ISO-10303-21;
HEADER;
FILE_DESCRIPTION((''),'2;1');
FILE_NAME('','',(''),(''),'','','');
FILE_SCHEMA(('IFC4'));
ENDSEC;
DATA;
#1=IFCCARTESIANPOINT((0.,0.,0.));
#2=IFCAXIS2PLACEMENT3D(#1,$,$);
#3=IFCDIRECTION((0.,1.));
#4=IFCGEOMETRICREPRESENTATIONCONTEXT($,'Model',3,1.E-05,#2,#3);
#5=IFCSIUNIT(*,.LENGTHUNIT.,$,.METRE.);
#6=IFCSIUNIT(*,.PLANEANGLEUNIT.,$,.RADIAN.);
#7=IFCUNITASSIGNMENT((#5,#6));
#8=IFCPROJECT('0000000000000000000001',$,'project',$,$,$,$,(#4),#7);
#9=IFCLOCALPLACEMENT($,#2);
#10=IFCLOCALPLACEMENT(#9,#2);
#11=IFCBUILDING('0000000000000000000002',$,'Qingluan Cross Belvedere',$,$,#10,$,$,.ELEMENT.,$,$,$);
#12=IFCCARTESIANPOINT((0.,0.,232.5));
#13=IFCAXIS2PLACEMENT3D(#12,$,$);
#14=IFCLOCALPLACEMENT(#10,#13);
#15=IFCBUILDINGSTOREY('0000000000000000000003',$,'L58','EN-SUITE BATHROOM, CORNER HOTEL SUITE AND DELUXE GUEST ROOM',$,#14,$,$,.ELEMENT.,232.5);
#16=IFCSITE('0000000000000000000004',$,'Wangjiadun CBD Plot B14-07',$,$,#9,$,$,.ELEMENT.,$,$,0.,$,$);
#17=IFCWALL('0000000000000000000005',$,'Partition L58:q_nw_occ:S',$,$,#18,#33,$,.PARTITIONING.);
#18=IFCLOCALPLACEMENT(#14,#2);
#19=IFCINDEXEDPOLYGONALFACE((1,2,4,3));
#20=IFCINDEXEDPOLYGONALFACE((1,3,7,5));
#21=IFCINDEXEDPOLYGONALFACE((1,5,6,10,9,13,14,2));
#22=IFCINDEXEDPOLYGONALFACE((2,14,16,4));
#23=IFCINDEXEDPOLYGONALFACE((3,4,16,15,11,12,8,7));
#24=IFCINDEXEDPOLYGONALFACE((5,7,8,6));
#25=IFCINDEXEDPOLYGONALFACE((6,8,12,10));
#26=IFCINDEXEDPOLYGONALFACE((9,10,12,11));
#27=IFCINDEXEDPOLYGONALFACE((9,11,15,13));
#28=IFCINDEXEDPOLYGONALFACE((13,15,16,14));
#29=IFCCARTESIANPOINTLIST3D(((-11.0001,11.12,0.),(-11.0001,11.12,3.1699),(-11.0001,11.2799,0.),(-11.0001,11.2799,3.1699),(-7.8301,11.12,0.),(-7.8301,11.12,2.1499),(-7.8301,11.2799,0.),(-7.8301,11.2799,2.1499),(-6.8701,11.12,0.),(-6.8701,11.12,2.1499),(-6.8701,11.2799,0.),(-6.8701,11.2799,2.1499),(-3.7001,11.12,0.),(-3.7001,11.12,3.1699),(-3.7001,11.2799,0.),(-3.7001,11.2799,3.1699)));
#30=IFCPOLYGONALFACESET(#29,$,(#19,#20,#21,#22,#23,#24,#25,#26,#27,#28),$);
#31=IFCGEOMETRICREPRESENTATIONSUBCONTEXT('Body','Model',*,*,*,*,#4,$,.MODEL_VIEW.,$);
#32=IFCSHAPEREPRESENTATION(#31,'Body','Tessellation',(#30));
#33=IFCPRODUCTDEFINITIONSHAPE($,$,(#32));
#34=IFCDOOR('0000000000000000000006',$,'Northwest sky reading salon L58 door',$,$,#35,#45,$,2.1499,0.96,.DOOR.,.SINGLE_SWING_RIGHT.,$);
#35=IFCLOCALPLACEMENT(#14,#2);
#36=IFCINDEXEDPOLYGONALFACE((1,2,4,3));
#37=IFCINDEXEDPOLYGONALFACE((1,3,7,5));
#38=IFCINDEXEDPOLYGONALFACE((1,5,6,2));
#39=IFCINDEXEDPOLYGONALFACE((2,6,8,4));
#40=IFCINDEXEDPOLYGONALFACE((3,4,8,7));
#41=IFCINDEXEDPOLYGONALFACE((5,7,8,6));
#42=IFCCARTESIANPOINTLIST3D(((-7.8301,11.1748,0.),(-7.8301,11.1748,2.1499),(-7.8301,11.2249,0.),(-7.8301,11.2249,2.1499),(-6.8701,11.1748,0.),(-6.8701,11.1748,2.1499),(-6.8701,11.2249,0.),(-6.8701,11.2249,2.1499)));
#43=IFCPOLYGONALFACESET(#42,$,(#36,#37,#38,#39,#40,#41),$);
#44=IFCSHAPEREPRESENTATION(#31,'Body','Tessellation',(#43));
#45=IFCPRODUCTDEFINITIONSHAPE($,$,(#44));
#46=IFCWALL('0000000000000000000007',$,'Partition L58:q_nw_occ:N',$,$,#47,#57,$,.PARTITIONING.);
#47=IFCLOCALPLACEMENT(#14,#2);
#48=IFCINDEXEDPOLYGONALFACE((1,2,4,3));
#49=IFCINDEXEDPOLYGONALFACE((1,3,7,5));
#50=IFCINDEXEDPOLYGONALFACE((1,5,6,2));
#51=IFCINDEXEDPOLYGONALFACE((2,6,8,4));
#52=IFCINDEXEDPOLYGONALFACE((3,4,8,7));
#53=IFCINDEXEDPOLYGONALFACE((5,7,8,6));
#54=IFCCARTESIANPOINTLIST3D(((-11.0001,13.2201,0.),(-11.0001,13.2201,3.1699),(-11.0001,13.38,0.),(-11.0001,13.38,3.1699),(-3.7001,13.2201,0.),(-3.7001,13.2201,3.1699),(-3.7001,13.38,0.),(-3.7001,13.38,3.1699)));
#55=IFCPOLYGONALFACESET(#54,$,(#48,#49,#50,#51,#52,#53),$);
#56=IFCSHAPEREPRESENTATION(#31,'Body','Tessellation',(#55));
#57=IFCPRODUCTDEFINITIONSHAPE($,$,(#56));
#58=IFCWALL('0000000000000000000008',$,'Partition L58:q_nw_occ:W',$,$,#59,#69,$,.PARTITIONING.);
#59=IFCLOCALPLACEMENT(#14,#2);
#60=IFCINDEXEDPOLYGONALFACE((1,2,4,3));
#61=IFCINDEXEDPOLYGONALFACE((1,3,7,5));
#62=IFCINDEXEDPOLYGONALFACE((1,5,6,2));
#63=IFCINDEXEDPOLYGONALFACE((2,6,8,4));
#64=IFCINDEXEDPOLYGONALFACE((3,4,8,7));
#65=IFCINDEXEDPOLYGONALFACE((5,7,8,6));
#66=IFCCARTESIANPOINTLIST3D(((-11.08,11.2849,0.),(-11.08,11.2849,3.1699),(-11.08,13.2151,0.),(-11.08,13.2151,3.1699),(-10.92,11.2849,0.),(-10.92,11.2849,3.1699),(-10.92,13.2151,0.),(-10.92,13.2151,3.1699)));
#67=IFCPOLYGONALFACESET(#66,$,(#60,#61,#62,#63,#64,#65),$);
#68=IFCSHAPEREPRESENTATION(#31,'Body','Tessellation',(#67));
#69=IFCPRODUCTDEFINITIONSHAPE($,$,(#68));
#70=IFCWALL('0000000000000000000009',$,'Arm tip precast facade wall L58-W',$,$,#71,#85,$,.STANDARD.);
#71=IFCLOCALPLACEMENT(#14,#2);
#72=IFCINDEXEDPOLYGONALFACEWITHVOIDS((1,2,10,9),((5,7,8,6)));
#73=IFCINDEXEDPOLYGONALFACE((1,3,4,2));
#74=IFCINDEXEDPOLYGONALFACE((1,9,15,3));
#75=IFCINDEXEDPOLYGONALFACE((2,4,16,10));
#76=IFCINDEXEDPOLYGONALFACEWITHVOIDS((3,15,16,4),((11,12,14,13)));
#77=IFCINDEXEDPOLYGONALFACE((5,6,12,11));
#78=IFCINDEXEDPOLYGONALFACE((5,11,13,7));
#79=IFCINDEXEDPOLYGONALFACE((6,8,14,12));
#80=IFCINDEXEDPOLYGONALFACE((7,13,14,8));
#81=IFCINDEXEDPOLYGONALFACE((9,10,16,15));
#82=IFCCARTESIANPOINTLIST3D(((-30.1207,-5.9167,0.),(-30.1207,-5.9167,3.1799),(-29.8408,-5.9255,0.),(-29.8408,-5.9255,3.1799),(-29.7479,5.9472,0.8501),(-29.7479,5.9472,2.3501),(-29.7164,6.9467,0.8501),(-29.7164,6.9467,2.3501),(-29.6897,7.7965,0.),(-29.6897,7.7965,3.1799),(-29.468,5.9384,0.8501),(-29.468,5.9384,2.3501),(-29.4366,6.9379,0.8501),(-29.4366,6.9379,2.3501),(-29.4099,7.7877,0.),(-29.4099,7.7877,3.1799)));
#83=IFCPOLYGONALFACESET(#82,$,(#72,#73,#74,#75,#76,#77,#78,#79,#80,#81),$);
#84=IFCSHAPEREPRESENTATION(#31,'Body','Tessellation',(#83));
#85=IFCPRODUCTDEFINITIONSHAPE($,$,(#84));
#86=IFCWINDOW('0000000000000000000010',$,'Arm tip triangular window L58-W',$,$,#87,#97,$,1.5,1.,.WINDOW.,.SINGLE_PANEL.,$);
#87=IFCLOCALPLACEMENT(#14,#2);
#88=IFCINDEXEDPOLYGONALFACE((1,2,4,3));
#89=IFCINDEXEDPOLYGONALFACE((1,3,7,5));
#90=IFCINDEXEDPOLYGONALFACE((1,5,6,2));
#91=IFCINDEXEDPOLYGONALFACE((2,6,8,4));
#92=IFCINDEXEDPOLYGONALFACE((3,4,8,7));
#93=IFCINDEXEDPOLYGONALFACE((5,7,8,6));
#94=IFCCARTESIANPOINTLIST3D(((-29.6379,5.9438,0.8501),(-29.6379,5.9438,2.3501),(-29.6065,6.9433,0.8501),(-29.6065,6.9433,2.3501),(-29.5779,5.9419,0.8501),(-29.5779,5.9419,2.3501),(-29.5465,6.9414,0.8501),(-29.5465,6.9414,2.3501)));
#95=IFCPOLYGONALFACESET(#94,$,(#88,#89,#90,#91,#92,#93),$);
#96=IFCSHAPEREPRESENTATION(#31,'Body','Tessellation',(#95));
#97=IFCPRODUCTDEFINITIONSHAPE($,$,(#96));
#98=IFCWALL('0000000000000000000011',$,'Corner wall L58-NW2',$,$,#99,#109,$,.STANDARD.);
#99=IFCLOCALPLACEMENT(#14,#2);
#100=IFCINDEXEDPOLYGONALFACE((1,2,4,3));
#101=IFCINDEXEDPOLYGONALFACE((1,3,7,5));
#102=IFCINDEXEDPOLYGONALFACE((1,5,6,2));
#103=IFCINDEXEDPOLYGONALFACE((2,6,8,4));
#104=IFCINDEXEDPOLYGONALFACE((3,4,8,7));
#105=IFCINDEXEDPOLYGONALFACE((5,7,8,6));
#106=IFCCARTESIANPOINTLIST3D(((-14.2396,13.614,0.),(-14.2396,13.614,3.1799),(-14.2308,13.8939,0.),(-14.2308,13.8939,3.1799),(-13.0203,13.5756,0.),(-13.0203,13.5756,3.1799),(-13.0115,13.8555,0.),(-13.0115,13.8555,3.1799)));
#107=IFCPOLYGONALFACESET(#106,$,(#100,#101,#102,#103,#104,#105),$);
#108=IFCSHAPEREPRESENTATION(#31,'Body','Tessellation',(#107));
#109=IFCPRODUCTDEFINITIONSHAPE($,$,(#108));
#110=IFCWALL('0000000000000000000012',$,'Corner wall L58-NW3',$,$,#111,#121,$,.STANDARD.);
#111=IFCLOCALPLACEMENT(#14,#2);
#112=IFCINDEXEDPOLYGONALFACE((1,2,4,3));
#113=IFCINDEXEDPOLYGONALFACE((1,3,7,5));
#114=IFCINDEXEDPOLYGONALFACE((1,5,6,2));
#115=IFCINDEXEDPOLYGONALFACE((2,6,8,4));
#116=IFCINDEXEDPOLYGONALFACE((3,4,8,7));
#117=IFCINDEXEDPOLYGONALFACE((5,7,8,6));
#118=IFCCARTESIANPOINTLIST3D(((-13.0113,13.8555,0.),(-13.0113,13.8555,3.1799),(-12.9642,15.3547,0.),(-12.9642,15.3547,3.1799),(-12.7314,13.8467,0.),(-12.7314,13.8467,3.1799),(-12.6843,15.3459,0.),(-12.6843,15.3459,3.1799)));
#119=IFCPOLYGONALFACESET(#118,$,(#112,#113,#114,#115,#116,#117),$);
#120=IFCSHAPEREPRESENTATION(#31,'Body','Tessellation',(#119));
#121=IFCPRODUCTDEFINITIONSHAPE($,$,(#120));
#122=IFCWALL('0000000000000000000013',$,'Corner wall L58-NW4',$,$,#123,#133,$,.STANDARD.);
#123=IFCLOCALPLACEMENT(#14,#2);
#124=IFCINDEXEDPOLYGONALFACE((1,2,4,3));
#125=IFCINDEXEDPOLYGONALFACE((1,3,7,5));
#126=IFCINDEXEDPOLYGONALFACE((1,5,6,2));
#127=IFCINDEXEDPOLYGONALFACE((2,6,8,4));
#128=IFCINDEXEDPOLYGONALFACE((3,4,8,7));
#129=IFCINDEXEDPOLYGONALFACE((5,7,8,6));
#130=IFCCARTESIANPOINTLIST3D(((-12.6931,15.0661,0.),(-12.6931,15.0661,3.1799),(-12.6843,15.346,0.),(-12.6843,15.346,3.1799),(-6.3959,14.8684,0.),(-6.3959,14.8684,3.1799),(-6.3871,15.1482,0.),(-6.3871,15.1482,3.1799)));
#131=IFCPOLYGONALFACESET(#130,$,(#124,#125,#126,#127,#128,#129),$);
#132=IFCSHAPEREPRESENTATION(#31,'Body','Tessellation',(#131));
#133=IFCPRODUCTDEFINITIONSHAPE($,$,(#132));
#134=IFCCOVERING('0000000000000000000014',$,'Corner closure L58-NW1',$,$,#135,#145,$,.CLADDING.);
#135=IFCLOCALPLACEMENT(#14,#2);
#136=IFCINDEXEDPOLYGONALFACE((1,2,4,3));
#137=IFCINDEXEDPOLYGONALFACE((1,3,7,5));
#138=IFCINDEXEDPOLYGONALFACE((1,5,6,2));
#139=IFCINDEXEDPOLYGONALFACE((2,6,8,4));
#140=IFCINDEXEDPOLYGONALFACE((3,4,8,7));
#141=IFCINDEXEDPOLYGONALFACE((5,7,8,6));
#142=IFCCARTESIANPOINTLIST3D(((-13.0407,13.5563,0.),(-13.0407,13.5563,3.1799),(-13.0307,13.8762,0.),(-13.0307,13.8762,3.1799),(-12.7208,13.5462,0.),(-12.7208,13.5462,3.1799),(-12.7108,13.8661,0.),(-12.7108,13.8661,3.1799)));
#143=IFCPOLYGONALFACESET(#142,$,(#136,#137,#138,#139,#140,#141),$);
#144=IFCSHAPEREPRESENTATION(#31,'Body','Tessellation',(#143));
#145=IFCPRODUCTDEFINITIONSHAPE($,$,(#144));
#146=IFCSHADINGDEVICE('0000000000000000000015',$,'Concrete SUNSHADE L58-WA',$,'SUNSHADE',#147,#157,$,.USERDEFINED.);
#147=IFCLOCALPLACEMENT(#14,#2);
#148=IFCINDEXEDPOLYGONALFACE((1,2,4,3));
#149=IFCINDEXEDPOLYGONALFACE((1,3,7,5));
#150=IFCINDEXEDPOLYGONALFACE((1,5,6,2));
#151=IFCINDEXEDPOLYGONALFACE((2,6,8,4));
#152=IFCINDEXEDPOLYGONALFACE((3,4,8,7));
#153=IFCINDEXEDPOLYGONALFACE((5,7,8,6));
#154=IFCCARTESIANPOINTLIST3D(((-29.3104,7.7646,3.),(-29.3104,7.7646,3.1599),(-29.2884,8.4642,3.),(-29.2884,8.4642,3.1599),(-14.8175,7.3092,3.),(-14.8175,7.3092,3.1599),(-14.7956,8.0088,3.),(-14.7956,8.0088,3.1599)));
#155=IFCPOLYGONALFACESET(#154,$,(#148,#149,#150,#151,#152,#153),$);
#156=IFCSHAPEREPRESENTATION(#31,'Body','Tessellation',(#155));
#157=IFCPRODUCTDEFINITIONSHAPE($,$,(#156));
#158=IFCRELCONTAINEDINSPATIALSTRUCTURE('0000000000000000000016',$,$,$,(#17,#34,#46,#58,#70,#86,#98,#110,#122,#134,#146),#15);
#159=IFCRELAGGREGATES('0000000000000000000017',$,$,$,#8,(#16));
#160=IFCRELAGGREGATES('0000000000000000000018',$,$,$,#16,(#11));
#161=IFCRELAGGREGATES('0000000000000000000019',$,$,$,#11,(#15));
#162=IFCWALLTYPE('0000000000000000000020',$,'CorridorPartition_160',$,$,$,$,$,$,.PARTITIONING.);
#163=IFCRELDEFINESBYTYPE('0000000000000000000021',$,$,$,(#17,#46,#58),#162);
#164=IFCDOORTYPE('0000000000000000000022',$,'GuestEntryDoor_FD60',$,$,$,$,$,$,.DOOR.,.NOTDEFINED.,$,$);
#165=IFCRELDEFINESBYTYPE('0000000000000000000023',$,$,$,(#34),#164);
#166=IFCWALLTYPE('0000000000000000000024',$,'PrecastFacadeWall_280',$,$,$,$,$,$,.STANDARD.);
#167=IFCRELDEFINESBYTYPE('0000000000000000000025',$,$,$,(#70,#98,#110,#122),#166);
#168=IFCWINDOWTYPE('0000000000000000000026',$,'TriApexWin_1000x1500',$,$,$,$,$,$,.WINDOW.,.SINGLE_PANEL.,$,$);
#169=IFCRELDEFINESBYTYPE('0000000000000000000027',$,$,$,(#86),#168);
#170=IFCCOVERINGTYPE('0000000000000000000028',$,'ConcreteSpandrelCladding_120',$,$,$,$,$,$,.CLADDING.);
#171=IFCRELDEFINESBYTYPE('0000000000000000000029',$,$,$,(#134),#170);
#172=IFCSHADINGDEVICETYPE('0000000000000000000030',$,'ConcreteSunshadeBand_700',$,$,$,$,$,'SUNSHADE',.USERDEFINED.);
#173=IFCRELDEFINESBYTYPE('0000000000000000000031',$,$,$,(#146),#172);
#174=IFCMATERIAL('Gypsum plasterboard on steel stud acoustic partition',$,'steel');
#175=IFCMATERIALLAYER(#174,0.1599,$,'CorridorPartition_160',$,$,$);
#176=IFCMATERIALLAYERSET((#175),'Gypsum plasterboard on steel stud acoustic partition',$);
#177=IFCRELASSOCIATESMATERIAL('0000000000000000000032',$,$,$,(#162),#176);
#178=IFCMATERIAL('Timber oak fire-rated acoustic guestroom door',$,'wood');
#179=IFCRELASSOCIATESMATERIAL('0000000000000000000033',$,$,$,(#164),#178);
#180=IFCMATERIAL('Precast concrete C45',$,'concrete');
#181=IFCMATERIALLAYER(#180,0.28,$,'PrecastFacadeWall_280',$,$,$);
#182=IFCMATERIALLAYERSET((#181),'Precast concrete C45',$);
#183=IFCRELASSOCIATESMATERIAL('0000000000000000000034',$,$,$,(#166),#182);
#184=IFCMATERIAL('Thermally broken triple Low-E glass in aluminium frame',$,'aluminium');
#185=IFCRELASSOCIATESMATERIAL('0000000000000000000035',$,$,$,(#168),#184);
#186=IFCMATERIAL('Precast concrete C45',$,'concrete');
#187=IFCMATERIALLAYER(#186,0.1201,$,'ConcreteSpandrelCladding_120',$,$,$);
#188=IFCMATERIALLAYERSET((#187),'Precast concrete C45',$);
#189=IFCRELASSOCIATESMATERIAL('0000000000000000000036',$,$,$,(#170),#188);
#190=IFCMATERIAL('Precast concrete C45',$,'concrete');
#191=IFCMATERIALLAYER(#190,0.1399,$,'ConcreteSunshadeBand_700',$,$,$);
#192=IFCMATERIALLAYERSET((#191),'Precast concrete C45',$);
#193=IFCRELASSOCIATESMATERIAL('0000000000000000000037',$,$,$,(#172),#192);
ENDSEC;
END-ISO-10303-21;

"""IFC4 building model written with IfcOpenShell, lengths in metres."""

from ifc_helpers import new_model, si_unit, direction, frame, frame_2d, origin, origin_2d, place, context, subcontext, project, spatial, rectangle, extrude, material, layer, layer_set, type_object, element, fill, save


model = new_model("IFC4")

# Units and contexts
model_context = context("Model", 3, precision=1e-05, world=origin(), true_north=direction((0.0, 1.0)))
body_context = subcontext(model_context, "Body", "Model", "MODEL_VIEW")
ifc_project = project(units=[si_unit("LENGTHUNIT", "METRE"), si_unit("PLANEANGLEUNIT", "RADIAN")], contexts=[model_context])

# Site, building, storey
site_placement = place(None, origin())
site = spatial("IfcSite", under=ifc_project, at=site_placement, Name="Wangjiadun CBD Plot B14-07", CompositionType="ELEMENT", RefElevation=0.0)
building_placement = place(site_placement, origin())
building = spatial("IfcBuilding", under=site, at=building_placement, Name="Qingluan Cross Belvedere", CompositionType="ELEMENT")
storey_placement = place(building_placement, frame((0.0, 0.0, 232.5)))
storey = spatial("IfcBuildingStorey", under=building, at=storey_placement, Name="L58", Description="EN-SUITE BATHROOM, CORNER HOTEL SUITE AND DELUXE GUEST ROOM", CompositionType="ELEMENT", Elevation=232.5)

# Wall, opening, door
ifc_material_1 = material(Name="Gypsum plasterboard on steel stud acoustic partition", Category="steel")
ifc_layer_1 = layer(ifc_material_1, 0.1599, Name="CorridorPartition_160")
ifc_layer_set_1 = layer_set([ifc_layer_1], Name="Gypsum plasterboard on steel stud acoustic partition")
wall_type_1 = type_object("IfcWallType", Name="CorridorPartition_160", PredefinedType="PARTITIONING", material=ifc_layer_set_1)
wall_1_placement = place(storey_placement, frame((-11.0, 11.2, 0.0), z_axis=(0.0, 0.0, 1.0), x_axis=(1.0, 0.0, 0.0)))
wall_1 = element("IfcWall", 1, at=wall_1_placement, inside=storey, type_object=wall_type_1, Name="Partition L58:q_nw_occ:S", PredefinedType="PARTITIONING", context=body_context, shape_type="SweptSolid", body=[
    extrude(rectangle(XDim=7.3, YDim=0.1599, at=frame_2d((3.6499, 0.0))), origin(), (0.0, 0.0, 1.0), 3.1699),
])
opening_1_placement = place(wall_1_placement, frame((3.1699, 0.0, 0.0)))
opening_1 = element("IfcOpeningElement", 2, at=opening_1_placement, cuts=wall_1, PredefinedType="OPENING", context=body_context, shape_type="SweptSolid", body=[
    extrude(rectangle(XDim=0.96, YDim=2.1499, at=frame_2d((0.48, 1.075))), frame((0.0, 0.0898, 0.0), z_axis=(0.0, -1.0, 0.0), x_axis=(1.0, 0.0, 0.0)), (0.0, 0.0, 1.0), 0.1799),
])
ifc_material_2 = material(Name="Timber oak fire-rated acoustic guestroom door", Category="wood")
door_type = type_object("IfcDoorType", Name="GuestEntryDoor_FD60", OperationType="NOTDEFINED", PredefinedType="DOOR", material=ifc_material_2)
door_placement = place(opening_1_placement, origin())
door = element("IfcDoor", 3, at=door_placement, inside=storey, type_object=door_type, Name="Northwest sky reading salon L58 door", OperationType="SINGLE_SWING_RIGHT", OverallHeight=2.1499, OverallWidth=0.96, PredefinedType="DOOR", context=body_context, shape_type="SweptSolid", body=[
    extrude(rectangle(XDim=0.96, YDim=2.1499, at=frame_2d((0.48, 1.075))), frame((0.0, 0.0249, 0.0), z_axis=(0.0, -1.0, 0.0), x_axis=(1.0, 0.0, 0.0)), (0.0, 0.0, 1.0), 0.05),
])
fill(opening_1, door)

# Walls
wall_2_placement = place(storey_placement, frame((-11.0, 13.3, 0.0), z_axis=(0.0, 0.0, 1.0), x_axis=(1.0, 0.0, 0.0)))
element("IfcWall", 4, at=wall_2_placement, inside=storey, type_object=wall_type_1, Name="Partition L58:q_nw_occ:N", PredefinedType="PARTITIONING", context=body_context, shape_type="SweptSolid", body=[
    extrude(rectangle(XDim=7.3, YDim=0.1599, at=frame_2d((3.6499, 0.0))), origin(), (0.0, 0.0, 1.0), 3.1699),
])
wall_3_placement = place(storey_placement, frame((-11.0, 11.2849, 0.0), z_axis=(0.0, 0.0, 1.0), x_axis=(0.0, 1.0, 0.0)))
element("IfcWall", 5, at=wall_3_placement, inside=storey, type_object=wall_type_1, Name="Partition L58:q_nw_occ:W", PredefinedType="PARTITIONING", context=body_context, shape_type="SweptSolid", body=[
    extrude(rectangle(XDim=1.9302, YDim=0.1599, at=frame_2d((0.9651, 0.0))), origin(), (0.0, 0.0, 1.0), 3.1699),
])

# Wall, opening, window
ifc_material_3 = material(Name="Precast concrete C45", Category="concrete")
ifc_layer_2 = layer(ifc_material_3, 0.28, Name="PrecastFacadeWall_280")
ifc_layer_set_2 = layer_set([ifc_layer_2], Name="Precast concrete C45")
wall_type_2 = type_object("IfcWallType", Name="PrecastFacadeWall_280", PredefinedType="STANDARD", material=ifc_layer_set_2)
wall_4_placement = place(storey_placement, frame((-29.5498, 7.792, 0.0), z_axis=(0.0, 0.0, 1.0), x_axis=(-0.031408, -0.999507, 0.0)))
wall_4 = element("IfcWall", 6, at=wall_4_placement, inside=storey, type_object=wall_type_2, Name="Arm tip precast facade wall L58-W", PredefinedType="STANDARD", context=body_context, shape_type="SweptSolid", body=[
    extrude(rectangle(XDim=13.72, YDim=0.28, at=frame_2d((6.8599, 0.0))), origin(), (0.0, 0.0, 1.0), 3.1799),
])
opening_2_placement = place(wall_4_placement, frame((0.8501, 0.0, 0.8501)))
opening_2 = element("IfcOpeningElement", 7, at=opening_2_placement, cuts=wall_4, PredefinedType="OPENING", context=body_context, shape_type="SweptSolid", body=[
    extrude(rectangle(XDim=1.0, YDim=1.5, at=frame_2d((0.5, 0.75))), frame((0.0, 0.1499, 0.0), z_axis=(0.0, -1.0, 0.0), x_axis=(1.0, 0.0, 0.0)), (0.0, 0.0, 1.0), 0.3),
])
ifc_material_4 = material(Name="Thermally broken triple Low-E glass in aluminium frame", Category="aluminium")
window_type = type_object("IfcWindowType", Name="TriApexWin_1000x1500", PartitioningType="SINGLE_PANEL", PredefinedType="WINDOW", material=ifc_material_4)
window_placement = place(opening_2_placement, origin())
window = element("IfcWindow", 8, at=window_placement, inside=storey, type_object=window_type, Name="Arm tip triangular window L58-W", OverallHeight=1.5, OverallWidth=1.0, PartitioningType="SINGLE_PANEL", PredefinedType="WINDOW", context=body_context, shape_type="SweptSolid", body=[
    extrude(rectangle(XDim=1.0, YDim=1.5, at=frame_2d((0.5, 0.75))), frame((0.0, 0.03, 0.0), z_axis=(0.0, -1.0, 0.0), x_axis=(1.0, 0.0, 0.0)), (0.0, 0.0, 1.0), 0.0601),
])
fill(opening_2, window)

# Walls
wall_5_placement = place(storey_placement, frame((-14.2351, 13.7539, 0.0), z_axis=(0.0, 0.0, 1.0), x_axis=(0.999506, -0.031416, 0.0)))
element("IfcWall", 9, at=wall_5_placement, inside=storey, type_object=wall_type_2, Name="Corner wall L58-NW2", PredefinedType="STANDARD", context=body_context, shape_type="SweptSolid", body=[
    extrude(rectangle(XDim=1.22, YDim=0.28, at=frame_2d((0.6099, 0.0))), origin(), (0.0, 0.0, 1.0), 3.1799),
])
wall_6_placement = place(storey_placement, frame((-12.8713, 13.8511, 0.0), z_axis=(0.0, 0.0, 1.0), x_axis=(0.031413, 0.999507, 0.0)))
element("IfcWall", 10, at=wall_6_placement, inside=storey, type_object=wall_type_2, Name="Corner wall L58-NW3", PredefinedType="STANDARD", context=body_context, shape_type="SweptSolid", body=[
    extrude(rectangle(XDim=1.5, YDim=0.28, at=frame_2d((0.75, 0.0))), origin(), (0.0, 0.0, 1.0), 3.1799),
])
wall_7_placement = place(storey_placement, frame((-12.6887, 15.2061, 0.0), z_axis=(0.0, 0.0, 1.0), x_axis=(0.999507, -0.031388, 0.0)))
element("IfcWall", 11, at=wall_7_placement, inside=storey, type_object=wall_type_2, Name="Corner wall L58-NW4", PredefinedType="STANDARD", context=body_context, shape_type="SweptSolid", body=[
    extrude(rectangle(XDim=6.3003, YDim=0.28, at=frame_2d((3.1501, 0.0))), origin(), (0.0, 0.0, 1.0), 3.1799),
])

# Covering
ifc_material_5 = material(Name="Precast concrete C45", Category="concrete")
ifc_layer_3 = layer(ifc_material_5, 0.1201, Name="ConcreteSpandrelCladding_120")
ifc_layer_set_3 = layer_set([ifc_layer_3], Name="Precast concrete C45")
covering_type = type_object("IfcCoveringType", Name="ConcreteSpandrelCladding_120", PredefinedType="CLADDING", material=ifc_layer_set_3)
covering_placement = place(storey_placement, frame((-12.8757, 13.7112, 0.0), z_axis=(0.0, 0.0, 1.0), x_axis=(0.999507, -0.031411, 0.0)))
element("IfcCovering", 12, at=covering_placement, inside=storey, type_object=covering_type, Name="Corner closure L58-NW1", PredefinedType="CLADDING", context=body_context, shape_type="SweptSolid", body=[
    extrude(rectangle(XDim=0.3201, YDim=0.3201, at=origin_2d()), origin(), (0.0, 0.0, 1.0), 3.1799),
])

# Shading device
ifc_material_6 = material(Name="Precast concrete C45", Category="concrete")
ifc_layer_4 = layer(ifc_material_6, 0.1399, Name="ConcreteSunshadeBand_700")
ifc_layer_set_4 = layer_set([ifc_layer_4], Name="Precast concrete C45")
shading_device_type = type_object("IfcShadingDeviceType", Name="ConcreteSunshadeBand_700", ElementType="SUNSHADE", PredefinedType="USERDEFINED", material=ifc_layer_set_4)
shading_device_placement = place(storey_placement, frame((-22.053, 7.8867, 3.0), z_axis=(0.0, 0.0, 1.0), x_axis=(-0.999507, 0.031408, 0.0)))
element("IfcShadingDevice", 13, at=shading_device_placement, inside=storey, type_object=shading_device_type, Name="Concrete SUNSHADE L58-WA", ObjectType="SUNSHADE", PredefinedType="USERDEFINED", context=body_context, shape_type="SweptSolid", body=[
    extrude(rectangle(XDim=14.5, YDim=0.7, at=origin_2d()), origin(), (0.0, 0.0, 1.0), 0.1599),
])

save(model, "model.ifc")
